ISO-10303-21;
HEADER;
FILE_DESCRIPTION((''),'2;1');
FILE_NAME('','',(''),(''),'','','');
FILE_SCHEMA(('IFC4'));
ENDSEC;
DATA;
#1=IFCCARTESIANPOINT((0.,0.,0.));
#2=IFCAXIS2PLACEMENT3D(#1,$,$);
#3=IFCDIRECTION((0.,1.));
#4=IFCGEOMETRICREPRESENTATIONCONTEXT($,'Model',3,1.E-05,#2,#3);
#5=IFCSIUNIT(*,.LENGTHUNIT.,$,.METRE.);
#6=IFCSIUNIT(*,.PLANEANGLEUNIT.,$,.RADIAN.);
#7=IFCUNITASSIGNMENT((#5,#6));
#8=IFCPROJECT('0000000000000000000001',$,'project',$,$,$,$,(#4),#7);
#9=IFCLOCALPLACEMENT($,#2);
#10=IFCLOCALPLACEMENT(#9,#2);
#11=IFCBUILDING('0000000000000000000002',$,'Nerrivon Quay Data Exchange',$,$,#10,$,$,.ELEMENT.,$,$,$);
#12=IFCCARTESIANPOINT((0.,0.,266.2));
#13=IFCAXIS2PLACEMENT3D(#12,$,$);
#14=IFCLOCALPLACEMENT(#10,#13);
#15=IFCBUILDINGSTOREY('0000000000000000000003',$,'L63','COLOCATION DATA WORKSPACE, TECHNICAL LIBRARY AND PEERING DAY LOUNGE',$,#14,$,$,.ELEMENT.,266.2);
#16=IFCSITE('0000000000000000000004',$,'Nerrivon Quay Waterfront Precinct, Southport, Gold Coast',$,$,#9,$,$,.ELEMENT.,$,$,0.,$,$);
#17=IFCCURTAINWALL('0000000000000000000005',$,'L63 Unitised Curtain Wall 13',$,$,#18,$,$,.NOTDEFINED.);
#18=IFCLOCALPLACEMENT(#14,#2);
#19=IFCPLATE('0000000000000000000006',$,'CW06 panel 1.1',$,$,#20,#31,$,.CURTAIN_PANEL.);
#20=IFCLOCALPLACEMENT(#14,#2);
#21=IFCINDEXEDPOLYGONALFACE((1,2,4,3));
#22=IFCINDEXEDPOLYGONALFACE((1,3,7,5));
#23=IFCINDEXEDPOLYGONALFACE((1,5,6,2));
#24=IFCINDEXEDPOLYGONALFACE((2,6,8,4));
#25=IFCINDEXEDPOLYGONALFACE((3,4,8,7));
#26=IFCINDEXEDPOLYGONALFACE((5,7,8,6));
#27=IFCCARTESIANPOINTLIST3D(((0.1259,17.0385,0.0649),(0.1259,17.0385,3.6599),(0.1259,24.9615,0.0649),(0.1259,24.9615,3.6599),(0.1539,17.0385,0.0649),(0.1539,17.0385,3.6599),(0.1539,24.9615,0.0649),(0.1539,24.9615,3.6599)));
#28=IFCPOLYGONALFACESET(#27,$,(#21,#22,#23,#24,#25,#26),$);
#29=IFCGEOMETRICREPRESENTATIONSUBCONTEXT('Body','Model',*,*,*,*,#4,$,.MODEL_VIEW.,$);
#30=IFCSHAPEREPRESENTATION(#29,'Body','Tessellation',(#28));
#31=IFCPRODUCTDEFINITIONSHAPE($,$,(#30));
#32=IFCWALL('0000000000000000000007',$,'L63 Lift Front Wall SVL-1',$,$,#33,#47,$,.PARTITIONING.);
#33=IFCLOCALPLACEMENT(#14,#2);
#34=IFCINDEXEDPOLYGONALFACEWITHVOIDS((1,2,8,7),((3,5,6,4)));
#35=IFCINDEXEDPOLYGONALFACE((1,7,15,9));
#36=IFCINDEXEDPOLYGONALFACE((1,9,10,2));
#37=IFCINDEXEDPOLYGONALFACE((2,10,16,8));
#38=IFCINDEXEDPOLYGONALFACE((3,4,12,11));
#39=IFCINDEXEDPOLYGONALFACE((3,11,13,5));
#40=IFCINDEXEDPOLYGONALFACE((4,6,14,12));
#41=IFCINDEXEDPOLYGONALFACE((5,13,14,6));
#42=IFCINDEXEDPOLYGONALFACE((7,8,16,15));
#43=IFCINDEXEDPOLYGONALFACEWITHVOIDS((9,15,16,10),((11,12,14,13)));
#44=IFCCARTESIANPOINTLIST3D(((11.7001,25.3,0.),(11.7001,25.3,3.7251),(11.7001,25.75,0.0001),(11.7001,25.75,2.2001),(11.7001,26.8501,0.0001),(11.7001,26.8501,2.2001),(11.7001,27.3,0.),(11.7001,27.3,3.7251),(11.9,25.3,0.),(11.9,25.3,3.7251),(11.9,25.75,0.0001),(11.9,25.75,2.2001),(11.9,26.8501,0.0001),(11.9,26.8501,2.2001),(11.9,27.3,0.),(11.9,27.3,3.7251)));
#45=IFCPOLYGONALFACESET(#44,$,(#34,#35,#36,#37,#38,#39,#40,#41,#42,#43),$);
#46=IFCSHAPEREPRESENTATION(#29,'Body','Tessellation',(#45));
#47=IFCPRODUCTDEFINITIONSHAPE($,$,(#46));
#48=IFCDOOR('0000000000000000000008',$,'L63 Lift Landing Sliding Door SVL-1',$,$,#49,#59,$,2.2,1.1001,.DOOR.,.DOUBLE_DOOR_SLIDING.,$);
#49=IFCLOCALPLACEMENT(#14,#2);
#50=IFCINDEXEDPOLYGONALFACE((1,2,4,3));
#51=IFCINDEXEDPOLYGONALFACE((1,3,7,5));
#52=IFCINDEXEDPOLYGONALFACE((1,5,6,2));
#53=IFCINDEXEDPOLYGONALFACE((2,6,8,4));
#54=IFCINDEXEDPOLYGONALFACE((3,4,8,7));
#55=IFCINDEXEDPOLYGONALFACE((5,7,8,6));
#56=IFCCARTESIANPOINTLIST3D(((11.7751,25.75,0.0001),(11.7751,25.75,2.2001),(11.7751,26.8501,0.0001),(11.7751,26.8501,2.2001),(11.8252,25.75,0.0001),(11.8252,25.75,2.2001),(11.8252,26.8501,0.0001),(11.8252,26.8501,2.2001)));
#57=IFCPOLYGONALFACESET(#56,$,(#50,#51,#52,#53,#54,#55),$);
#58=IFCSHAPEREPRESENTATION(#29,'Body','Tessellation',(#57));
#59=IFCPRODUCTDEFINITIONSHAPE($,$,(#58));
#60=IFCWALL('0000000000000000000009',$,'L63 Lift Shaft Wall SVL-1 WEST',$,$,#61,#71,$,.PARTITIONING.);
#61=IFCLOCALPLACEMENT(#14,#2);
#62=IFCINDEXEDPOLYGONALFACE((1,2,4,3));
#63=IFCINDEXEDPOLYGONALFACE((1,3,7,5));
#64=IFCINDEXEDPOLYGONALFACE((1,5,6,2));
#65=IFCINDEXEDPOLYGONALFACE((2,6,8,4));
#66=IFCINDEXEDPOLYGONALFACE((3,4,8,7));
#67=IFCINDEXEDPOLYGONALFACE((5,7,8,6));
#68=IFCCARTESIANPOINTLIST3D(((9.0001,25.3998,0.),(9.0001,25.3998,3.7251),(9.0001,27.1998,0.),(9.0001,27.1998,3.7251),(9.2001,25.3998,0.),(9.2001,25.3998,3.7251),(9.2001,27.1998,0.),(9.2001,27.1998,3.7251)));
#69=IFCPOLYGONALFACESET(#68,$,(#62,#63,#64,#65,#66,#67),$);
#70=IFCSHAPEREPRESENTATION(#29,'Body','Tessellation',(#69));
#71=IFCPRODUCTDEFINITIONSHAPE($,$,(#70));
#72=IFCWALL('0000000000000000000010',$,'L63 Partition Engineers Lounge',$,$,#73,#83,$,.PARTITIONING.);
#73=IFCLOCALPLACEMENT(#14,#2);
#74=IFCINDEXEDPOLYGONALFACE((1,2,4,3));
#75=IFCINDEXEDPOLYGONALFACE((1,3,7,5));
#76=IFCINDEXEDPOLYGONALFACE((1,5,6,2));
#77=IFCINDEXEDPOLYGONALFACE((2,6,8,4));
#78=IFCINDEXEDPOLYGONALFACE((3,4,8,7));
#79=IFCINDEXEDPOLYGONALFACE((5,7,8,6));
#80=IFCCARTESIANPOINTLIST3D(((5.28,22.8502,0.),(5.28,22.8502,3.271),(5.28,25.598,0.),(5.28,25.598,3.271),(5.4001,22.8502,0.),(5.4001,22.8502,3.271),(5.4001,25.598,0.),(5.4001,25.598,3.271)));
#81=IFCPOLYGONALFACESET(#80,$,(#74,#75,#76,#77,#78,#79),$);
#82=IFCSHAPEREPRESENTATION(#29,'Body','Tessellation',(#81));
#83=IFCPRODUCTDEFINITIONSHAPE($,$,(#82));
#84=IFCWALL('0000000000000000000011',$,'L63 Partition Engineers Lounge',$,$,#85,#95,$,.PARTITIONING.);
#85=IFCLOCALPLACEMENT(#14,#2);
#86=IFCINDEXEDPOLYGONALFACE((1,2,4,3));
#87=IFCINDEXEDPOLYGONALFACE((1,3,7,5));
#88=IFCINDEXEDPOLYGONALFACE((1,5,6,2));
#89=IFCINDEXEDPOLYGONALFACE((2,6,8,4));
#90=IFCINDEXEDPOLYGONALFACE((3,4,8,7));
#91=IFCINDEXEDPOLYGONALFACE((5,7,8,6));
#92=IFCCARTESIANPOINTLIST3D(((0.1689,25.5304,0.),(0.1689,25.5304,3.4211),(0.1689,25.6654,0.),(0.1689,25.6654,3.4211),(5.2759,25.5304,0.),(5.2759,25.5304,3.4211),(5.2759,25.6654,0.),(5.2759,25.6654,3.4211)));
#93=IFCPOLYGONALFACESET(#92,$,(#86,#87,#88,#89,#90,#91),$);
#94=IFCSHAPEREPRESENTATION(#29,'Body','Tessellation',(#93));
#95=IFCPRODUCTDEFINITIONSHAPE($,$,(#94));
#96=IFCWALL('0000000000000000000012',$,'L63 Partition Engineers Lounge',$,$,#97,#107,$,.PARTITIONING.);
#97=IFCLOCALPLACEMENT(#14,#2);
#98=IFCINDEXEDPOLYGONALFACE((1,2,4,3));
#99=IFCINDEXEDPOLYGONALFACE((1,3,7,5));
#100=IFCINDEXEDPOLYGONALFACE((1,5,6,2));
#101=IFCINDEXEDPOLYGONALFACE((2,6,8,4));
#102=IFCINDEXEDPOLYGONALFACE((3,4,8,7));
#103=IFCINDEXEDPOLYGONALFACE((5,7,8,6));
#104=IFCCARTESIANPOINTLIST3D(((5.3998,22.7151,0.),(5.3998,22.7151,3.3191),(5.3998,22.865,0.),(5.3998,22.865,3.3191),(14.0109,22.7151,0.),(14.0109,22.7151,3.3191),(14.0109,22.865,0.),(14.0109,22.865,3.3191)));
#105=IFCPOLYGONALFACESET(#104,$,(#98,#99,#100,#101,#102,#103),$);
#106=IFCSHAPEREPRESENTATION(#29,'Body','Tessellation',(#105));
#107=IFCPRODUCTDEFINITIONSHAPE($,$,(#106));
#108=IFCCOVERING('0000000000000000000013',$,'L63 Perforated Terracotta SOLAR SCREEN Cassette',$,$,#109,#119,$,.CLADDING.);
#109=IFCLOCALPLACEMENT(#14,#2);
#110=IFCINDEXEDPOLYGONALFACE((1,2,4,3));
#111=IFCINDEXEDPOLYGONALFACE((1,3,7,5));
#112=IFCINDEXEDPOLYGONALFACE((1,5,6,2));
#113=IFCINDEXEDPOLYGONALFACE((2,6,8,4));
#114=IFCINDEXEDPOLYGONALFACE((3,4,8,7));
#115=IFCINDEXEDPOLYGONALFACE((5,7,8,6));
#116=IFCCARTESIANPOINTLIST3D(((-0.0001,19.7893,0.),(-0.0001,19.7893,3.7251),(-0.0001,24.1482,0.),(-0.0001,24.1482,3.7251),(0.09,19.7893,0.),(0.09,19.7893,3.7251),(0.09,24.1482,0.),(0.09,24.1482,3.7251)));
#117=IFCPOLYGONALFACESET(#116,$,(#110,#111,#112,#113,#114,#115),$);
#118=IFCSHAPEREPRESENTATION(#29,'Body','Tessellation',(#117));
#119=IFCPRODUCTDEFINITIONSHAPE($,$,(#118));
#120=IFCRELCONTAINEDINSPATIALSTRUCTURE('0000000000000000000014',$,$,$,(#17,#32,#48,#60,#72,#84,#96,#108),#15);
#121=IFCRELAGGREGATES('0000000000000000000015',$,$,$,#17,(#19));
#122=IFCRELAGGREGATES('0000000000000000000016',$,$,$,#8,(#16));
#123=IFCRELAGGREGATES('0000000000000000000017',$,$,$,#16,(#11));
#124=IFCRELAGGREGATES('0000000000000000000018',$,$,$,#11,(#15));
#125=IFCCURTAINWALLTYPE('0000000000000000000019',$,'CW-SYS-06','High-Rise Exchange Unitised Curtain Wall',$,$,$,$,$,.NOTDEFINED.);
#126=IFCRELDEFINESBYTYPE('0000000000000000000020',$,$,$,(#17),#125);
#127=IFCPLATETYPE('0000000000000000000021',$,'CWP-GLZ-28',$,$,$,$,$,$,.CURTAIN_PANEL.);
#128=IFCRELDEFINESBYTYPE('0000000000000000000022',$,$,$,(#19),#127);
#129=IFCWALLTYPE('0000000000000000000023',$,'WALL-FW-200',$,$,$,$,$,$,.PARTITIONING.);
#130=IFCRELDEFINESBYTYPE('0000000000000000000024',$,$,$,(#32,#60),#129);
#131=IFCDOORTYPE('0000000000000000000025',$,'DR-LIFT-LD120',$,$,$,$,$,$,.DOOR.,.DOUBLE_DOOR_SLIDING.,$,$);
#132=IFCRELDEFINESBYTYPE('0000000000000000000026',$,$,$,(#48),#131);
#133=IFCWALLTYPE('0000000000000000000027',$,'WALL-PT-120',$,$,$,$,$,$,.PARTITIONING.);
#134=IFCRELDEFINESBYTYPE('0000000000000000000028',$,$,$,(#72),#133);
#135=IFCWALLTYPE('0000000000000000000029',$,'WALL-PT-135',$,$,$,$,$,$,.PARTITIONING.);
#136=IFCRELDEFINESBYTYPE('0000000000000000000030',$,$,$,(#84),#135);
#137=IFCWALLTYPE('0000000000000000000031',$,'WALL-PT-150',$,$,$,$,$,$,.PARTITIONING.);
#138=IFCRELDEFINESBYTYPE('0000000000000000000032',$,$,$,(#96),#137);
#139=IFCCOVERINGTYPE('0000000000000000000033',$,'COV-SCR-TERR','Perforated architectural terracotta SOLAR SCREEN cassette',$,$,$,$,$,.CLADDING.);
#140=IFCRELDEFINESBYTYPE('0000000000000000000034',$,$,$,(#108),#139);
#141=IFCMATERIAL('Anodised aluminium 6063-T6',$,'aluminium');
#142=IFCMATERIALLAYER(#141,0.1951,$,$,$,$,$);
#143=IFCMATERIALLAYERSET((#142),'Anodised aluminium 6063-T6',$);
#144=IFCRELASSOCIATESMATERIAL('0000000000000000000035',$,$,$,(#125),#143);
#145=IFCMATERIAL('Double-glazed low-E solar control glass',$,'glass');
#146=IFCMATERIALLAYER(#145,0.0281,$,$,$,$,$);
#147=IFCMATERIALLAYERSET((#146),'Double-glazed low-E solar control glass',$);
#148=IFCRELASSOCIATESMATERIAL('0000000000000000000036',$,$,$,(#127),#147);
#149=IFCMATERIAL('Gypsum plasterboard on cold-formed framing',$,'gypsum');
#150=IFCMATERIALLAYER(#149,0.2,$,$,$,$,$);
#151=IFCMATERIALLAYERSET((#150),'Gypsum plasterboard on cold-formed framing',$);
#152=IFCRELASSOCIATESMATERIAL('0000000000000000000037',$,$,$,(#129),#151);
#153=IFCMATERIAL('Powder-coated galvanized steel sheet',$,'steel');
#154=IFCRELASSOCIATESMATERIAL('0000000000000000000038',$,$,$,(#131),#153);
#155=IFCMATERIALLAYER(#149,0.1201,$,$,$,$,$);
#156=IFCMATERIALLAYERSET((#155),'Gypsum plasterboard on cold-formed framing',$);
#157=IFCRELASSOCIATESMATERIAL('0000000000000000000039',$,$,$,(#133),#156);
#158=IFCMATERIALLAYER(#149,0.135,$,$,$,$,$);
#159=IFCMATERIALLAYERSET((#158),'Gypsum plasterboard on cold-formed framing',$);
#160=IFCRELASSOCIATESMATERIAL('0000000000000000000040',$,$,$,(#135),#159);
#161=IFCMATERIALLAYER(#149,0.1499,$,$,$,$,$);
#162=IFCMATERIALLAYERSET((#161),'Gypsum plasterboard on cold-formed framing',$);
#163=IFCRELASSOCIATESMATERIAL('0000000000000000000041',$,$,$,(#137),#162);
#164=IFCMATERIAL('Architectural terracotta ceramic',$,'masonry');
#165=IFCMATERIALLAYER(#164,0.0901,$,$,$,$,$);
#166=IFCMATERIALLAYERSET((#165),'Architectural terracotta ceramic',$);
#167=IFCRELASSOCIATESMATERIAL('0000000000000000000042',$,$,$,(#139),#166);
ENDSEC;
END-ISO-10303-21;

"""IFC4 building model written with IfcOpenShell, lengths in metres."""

from ifc_helpers import new_model, si_unit, direction, frame, frame_2d, origin, origin_2d, place, context, subcontext, project, spatial, rectangle, extrude, material, layer, layer_set, type_object, element, fill, aggregate, save


model = new_model("IFC4")

# Units and contexts
model_context = context("Model", 3, precision=1e-05, world=origin(), true_north=direction((0.0, 1.0)))
body_context = subcontext(model_context, "Body", "Model", "MODEL_VIEW")
ifc_project = project(units=[si_unit("LENGTHUNIT", "METRE"), si_unit("PLANEANGLEUNIT", "RADIAN")], contexts=[model_context])

# Site, building, storey
site_placement = place(None, origin())
site = spatial("IfcSite", under=ifc_project, at=site_placement, Name="Nerrivon Quay Waterfront Precinct, Southport, Gold Coast", CompositionType="ELEMENT", RefElevation=0.0)
building_placement = place(site_placement, origin())
building = spatial("IfcBuilding", under=site, at=building_placement, Name="Nerrivon Quay Data Exchange", CompositionType="ELEMENT")
storey_placement = place(building_placement, frame((0.0, 0.0, 266.2)))
storey = spatial("IfcBuildingStorey", under=building, at=storey_placement, Name="L63", Description="COLOCATION DATA WORKSPACE, TECHNICAL LIBRARY AND PEERING DAY LOUNGE", CompositionType="ELEMENT", Elevation=266.2)

# Curtain wall
ifc_material_1 = material(Name="Anodised aluminium 6063-T6", Category="aluminium")
ifc_layer_1 = layer(ifc_material_1, 0.1951)
ifc_layer_set_1 = layer_set([ifc_layer_1], Name="Anodised aluminium 6063-T6")
curtain_wall_type = type_object("IfcCurtainWallType", Name="CW-SYS-06", Description="High-Rise Exchange Unitised Curtain Wall", PredefinedType="NOTDEFINED", material=ifc_layer_set_1)
curtain_wall_1_placement = place(storey_placement, origin())
curtain_wall_1 = element("IfcCurtainWall", 1, at=curtain_wall_1_placement, inside=storey, type_object=curtain_wall_type, Name="L63 Unitised Curtain Wall 13", PredefinedType="NOTDEFINED")

# Plate
ifc_material_2 = material(Name="Double-glazed low-E solar control glass", Category="glass")
ifc_layer_2 = layer(ifc_material_2, 0.0281)
ifc_layer_set_2 = layer_set([ifc_layer_2], Name="Double-glazed low-E solar control glass")
plate_type = type_object("IfcPlateType", Name="CWP-GLZ-28", PredefinedType="CURTAIN_PANEL", material=ifc_layer_set_2)
plate_placement = place(storey_placement, frame((0.1399, 21.0, 0.0649), z_axis=(0.0, 0.0, 1.0), x_axis=(0.0, 1.0, 0.0)))
plate = element("IfcPlate", 2, at=plate_placement, type_object=plate_type, Name="CW06 panel 1.1", PredefinedType="CURTAIN_PANEL", context=body_context, shape_type="SweptSolid", body=[
    extrude(rectangle(XDim=7.9231, YDim=0.0281, at=origin_2d()), origin(), (0.0, 0.0, 1.0), 3.595),
])
aggregate(curtain_wall_1, [plate])

# Wall, opening, door
ifc_material_3 = material(Name="Powder-coated galvanized steel sheet", Category="steel")
ifc_material_4 = material(Name="Gypsum plasterboard on cold-formed framing", Category="gypsum")
ifc_layer_3 = layer(ifc_material_4, 0.2)
ifc_layer_set_3 = layer_set([ifc_layer_3], Name="Gypsum plasterboard on cold-formed framing")
wall_type_1 = type_object("IfcWallType", Name="WALL-FW-200", PredefinedType="PARTITIONING", material=ifc_layer_set_3)
wall_1_placement = place(storey_placement, frame((11.8, 25.3, 0.0), z_axis=(0.0, 0.0, 1.0), x_axis=(0.0, 1.0, 0.0)))
wall_1 = element("IfcWall", 3, at=wall_1_placement, inside=storey, type_object=wall_type_1, Name="L63 Lift Front Wall SVL-1", PredefinedType="PARTITIONING", context=body_context, shape_type="SweptSolid", body=[
    extrude(rectangle(XDim=2.0, YDim=0.2, at=frame_2d((1.0, 0.0))), origin(), (0.0, 0.0, 1.0), 3.7251),
])
opening_1_placement = place(wall_1_placement, frame((0.45, 0.0, 0.0)))
opening_1 = element("IfcOpeningElement", 4, at=opening_1_placement, cuts=wall_1, PredefinedType="OPENING", context=body_context, shape_type="SweptSolid", body=[
    extrude(rectangle(XDim=1.1001, YDim=2.2, at=frame_2d((0.55, 1.1001))), frame((0.0, 0.1099, 0.0), z_axis=(0.0, -1.0, 0.0), x_axis=(1.0, 0.0, 0.0)), (0.0, 0.0, 1.0), 0.22),
])
door_type_1 = type_object("IfcDoorType", Name="DR-LIFT-LD120", OperationType="DOUBLE_DOOR_SLIDING", PredefinedType="DOOR", material=ifc_material_3)
door_1_placement = place(opening_1_placement, origin())
door_1 = element("IfcDoor", 5, at=door_1_placement, inside=storey, type_object=door_type_1, Name="L63 Lift Landing Sliding Door SVL-1", OperationType="DOUBLE_DOOR_SLIDING", OverallHeight=2.2, OverallWidth=1.1001, PredefinedType="DOOR", context=body_context, shape_type="SweptSolid", body=[
    extrude(rectangle(XDim=1.1001, YDim=2.2, at=frame_2d((0.55, 1.1001))), frame((0.0, 0.0249, 0.0), z_axis=(0.0, -1.0, 0.0), x_axis=(1.0, 0.0, 0.0)), (0.0, 0.0, 1.0), 0.05),
])
fill(opening_1, door_1)

# Walls
wall_2_placement = place(storey_placement, frame((9.1001, 25.3999, 0.0), z_axis=(0.0, 0.0, 1.0), x_axis=(0.0, 1.0, 0.0)))
element("IfcWall", 6, at=wall_2_placement, inside=storey, type_object=wall_type_1, Name="L63 Lift Shaft Wall SVL-1 WEST", PredefinedType="PARTITIONING", context=body_context, shape_type="SweptSolid", body=[
    extrude(rectangle(XDim=1.8, YDim=0.2, at=frame_2d((0.8999, 0.0))), origin(), (0.0, 0.0, 1.0), 3.7251),
])
ifc_layer_4 = layer(ifc_material_4, 0.1201)
ifc_layer_set_4 = layer_set([ifc_layer_4], Name="Gypsum plasterboard on cold-formed framing")
wall_type_2 = type_object("IfcWallType", Name="WALL-PT-120", PredefinedType="PARTITIONING", material=ifc_layer_set_4)
wall_3_placement = place(storey_placement, frame((5.3401, 22.8501, 0.0), z_axis=(0.0, 0.0, 1.0), x_axis=(0.0, 1.0, 0.0)))
element("IfcWall", 7, at=wall_3_placement, inside=storey, type_object=wall_type_2, Name="L63 Partition Engineers Lounge", PredefinedType="PARTITIONING", context=body_context, shape_type="SweptSolid", body=[
    extrude(rectangle(XDim=2.7478, YDim=0.1201, at=frame_2d((1.374, 0.0))), origin(), (0.0, 0.0, 1.0), 3.271),
])
ifc_layer_5 = layer(ifc_material_4, 0.135)
ifc_layer_set_5 = layer_set([ifc_layer_5], Name="Gypsum plasterboard on cold-formed framing")
wall_type_3 = type_object("IfcWallType", Name="WALL-PT-135", PredefinedType="PARTITIONING", material=ifc_layer_set_5)
wall_4_placement = place(storey_placement, frame((5.2759, 25.5979, 0.0), z_axis=(0.0, 0.0, 1.0), x_axis=(-1.0, 0.0, 0.0)))
element("IfcWall", 8, at=wall_4_placement, inside=storey, type_object=wall_type_3, Name="L63 Partition Engineers Lounge", PredefinedType="PARTITIONING", context=body_context, shape_type="SweptSolid", body=[
    extrude(rectangle(XDim=5.1069, YDim=0.135, at=frame_2d((2.5535, 0.0))), origin(), (0.0, 0.0, 1.0), 3.4211),
])
ifc_layer_6 = layer(ifc_material_4, 0.1499)
ifc_layer_set_6 = layer_set([ifc_layer_6], Name="Gypsum plasterboard on cold-formed framing")
wall_type_4 = type_object("IfcWallType", Name="WALL-PT-150", PredefinedType="PARTITIONING", material=ifc_layer_set_6)
wall_5_placement = place(storey_placement, frame((14.011, 22.79, 0.0), z_axis=(0.0, 0.0, 1.0), x_axis=(-1.0, 0.0, 0.0)))
element("IfcWall", 9, at=wall_5_placement, inside=storey, type_object=wall_type_4, Name="L63 Partition Engineers Lounge", PredefinedType="PARTITIONING", context=body_context, shape_type="SweptSolid", body=[
    extrude(rectangle(XDim=8.6111, YDim=0.1499, at=frame_2d((4.3057, 0.0))), origin(), (0.0, 0.0, 1.0), 3.3191),
])

# Covering
ifc_material_5 = material(Name="Architectural terracotta ceramic", Category="masonry")
ifc_layer_7 = layer(ifc_material_5, 0.0901)
ifc_layer_set_7 = layer_set([ifc_layer_7], Name="Architectural terracotta ceramic")
covering_type = type_object("IfcCoveringType", Name="COV-SCR-TERR", Description="Perforated architectural terracotta SOLAR SCREEN cassette", PredefinedType="CLADDING", material=ifc_layer_set_7)
covering_placement = place(storey_placement, frame((0.0449, 21.9688, 0.0), z_axis=(0.0, 0.0, 1.0), x_axis=(0.0, 1.0, 0.0)))
element("IfcCovering", 10, at=covering_placement, inside=storey, type_object=covering_type, Name="L63 Perforated Terracotta SOLAR SCREEN Cassette", PredefinedType="CLADDING", context=body_context, shape_type="SweptSolid", body=[
    extrude(rectangle(XDim=4.3589, YDim=0.0901, at=origin_2d()), origin(), (0.0, 0.0, 1.0), 3.7251),
])

save(model, "model.ifc")
